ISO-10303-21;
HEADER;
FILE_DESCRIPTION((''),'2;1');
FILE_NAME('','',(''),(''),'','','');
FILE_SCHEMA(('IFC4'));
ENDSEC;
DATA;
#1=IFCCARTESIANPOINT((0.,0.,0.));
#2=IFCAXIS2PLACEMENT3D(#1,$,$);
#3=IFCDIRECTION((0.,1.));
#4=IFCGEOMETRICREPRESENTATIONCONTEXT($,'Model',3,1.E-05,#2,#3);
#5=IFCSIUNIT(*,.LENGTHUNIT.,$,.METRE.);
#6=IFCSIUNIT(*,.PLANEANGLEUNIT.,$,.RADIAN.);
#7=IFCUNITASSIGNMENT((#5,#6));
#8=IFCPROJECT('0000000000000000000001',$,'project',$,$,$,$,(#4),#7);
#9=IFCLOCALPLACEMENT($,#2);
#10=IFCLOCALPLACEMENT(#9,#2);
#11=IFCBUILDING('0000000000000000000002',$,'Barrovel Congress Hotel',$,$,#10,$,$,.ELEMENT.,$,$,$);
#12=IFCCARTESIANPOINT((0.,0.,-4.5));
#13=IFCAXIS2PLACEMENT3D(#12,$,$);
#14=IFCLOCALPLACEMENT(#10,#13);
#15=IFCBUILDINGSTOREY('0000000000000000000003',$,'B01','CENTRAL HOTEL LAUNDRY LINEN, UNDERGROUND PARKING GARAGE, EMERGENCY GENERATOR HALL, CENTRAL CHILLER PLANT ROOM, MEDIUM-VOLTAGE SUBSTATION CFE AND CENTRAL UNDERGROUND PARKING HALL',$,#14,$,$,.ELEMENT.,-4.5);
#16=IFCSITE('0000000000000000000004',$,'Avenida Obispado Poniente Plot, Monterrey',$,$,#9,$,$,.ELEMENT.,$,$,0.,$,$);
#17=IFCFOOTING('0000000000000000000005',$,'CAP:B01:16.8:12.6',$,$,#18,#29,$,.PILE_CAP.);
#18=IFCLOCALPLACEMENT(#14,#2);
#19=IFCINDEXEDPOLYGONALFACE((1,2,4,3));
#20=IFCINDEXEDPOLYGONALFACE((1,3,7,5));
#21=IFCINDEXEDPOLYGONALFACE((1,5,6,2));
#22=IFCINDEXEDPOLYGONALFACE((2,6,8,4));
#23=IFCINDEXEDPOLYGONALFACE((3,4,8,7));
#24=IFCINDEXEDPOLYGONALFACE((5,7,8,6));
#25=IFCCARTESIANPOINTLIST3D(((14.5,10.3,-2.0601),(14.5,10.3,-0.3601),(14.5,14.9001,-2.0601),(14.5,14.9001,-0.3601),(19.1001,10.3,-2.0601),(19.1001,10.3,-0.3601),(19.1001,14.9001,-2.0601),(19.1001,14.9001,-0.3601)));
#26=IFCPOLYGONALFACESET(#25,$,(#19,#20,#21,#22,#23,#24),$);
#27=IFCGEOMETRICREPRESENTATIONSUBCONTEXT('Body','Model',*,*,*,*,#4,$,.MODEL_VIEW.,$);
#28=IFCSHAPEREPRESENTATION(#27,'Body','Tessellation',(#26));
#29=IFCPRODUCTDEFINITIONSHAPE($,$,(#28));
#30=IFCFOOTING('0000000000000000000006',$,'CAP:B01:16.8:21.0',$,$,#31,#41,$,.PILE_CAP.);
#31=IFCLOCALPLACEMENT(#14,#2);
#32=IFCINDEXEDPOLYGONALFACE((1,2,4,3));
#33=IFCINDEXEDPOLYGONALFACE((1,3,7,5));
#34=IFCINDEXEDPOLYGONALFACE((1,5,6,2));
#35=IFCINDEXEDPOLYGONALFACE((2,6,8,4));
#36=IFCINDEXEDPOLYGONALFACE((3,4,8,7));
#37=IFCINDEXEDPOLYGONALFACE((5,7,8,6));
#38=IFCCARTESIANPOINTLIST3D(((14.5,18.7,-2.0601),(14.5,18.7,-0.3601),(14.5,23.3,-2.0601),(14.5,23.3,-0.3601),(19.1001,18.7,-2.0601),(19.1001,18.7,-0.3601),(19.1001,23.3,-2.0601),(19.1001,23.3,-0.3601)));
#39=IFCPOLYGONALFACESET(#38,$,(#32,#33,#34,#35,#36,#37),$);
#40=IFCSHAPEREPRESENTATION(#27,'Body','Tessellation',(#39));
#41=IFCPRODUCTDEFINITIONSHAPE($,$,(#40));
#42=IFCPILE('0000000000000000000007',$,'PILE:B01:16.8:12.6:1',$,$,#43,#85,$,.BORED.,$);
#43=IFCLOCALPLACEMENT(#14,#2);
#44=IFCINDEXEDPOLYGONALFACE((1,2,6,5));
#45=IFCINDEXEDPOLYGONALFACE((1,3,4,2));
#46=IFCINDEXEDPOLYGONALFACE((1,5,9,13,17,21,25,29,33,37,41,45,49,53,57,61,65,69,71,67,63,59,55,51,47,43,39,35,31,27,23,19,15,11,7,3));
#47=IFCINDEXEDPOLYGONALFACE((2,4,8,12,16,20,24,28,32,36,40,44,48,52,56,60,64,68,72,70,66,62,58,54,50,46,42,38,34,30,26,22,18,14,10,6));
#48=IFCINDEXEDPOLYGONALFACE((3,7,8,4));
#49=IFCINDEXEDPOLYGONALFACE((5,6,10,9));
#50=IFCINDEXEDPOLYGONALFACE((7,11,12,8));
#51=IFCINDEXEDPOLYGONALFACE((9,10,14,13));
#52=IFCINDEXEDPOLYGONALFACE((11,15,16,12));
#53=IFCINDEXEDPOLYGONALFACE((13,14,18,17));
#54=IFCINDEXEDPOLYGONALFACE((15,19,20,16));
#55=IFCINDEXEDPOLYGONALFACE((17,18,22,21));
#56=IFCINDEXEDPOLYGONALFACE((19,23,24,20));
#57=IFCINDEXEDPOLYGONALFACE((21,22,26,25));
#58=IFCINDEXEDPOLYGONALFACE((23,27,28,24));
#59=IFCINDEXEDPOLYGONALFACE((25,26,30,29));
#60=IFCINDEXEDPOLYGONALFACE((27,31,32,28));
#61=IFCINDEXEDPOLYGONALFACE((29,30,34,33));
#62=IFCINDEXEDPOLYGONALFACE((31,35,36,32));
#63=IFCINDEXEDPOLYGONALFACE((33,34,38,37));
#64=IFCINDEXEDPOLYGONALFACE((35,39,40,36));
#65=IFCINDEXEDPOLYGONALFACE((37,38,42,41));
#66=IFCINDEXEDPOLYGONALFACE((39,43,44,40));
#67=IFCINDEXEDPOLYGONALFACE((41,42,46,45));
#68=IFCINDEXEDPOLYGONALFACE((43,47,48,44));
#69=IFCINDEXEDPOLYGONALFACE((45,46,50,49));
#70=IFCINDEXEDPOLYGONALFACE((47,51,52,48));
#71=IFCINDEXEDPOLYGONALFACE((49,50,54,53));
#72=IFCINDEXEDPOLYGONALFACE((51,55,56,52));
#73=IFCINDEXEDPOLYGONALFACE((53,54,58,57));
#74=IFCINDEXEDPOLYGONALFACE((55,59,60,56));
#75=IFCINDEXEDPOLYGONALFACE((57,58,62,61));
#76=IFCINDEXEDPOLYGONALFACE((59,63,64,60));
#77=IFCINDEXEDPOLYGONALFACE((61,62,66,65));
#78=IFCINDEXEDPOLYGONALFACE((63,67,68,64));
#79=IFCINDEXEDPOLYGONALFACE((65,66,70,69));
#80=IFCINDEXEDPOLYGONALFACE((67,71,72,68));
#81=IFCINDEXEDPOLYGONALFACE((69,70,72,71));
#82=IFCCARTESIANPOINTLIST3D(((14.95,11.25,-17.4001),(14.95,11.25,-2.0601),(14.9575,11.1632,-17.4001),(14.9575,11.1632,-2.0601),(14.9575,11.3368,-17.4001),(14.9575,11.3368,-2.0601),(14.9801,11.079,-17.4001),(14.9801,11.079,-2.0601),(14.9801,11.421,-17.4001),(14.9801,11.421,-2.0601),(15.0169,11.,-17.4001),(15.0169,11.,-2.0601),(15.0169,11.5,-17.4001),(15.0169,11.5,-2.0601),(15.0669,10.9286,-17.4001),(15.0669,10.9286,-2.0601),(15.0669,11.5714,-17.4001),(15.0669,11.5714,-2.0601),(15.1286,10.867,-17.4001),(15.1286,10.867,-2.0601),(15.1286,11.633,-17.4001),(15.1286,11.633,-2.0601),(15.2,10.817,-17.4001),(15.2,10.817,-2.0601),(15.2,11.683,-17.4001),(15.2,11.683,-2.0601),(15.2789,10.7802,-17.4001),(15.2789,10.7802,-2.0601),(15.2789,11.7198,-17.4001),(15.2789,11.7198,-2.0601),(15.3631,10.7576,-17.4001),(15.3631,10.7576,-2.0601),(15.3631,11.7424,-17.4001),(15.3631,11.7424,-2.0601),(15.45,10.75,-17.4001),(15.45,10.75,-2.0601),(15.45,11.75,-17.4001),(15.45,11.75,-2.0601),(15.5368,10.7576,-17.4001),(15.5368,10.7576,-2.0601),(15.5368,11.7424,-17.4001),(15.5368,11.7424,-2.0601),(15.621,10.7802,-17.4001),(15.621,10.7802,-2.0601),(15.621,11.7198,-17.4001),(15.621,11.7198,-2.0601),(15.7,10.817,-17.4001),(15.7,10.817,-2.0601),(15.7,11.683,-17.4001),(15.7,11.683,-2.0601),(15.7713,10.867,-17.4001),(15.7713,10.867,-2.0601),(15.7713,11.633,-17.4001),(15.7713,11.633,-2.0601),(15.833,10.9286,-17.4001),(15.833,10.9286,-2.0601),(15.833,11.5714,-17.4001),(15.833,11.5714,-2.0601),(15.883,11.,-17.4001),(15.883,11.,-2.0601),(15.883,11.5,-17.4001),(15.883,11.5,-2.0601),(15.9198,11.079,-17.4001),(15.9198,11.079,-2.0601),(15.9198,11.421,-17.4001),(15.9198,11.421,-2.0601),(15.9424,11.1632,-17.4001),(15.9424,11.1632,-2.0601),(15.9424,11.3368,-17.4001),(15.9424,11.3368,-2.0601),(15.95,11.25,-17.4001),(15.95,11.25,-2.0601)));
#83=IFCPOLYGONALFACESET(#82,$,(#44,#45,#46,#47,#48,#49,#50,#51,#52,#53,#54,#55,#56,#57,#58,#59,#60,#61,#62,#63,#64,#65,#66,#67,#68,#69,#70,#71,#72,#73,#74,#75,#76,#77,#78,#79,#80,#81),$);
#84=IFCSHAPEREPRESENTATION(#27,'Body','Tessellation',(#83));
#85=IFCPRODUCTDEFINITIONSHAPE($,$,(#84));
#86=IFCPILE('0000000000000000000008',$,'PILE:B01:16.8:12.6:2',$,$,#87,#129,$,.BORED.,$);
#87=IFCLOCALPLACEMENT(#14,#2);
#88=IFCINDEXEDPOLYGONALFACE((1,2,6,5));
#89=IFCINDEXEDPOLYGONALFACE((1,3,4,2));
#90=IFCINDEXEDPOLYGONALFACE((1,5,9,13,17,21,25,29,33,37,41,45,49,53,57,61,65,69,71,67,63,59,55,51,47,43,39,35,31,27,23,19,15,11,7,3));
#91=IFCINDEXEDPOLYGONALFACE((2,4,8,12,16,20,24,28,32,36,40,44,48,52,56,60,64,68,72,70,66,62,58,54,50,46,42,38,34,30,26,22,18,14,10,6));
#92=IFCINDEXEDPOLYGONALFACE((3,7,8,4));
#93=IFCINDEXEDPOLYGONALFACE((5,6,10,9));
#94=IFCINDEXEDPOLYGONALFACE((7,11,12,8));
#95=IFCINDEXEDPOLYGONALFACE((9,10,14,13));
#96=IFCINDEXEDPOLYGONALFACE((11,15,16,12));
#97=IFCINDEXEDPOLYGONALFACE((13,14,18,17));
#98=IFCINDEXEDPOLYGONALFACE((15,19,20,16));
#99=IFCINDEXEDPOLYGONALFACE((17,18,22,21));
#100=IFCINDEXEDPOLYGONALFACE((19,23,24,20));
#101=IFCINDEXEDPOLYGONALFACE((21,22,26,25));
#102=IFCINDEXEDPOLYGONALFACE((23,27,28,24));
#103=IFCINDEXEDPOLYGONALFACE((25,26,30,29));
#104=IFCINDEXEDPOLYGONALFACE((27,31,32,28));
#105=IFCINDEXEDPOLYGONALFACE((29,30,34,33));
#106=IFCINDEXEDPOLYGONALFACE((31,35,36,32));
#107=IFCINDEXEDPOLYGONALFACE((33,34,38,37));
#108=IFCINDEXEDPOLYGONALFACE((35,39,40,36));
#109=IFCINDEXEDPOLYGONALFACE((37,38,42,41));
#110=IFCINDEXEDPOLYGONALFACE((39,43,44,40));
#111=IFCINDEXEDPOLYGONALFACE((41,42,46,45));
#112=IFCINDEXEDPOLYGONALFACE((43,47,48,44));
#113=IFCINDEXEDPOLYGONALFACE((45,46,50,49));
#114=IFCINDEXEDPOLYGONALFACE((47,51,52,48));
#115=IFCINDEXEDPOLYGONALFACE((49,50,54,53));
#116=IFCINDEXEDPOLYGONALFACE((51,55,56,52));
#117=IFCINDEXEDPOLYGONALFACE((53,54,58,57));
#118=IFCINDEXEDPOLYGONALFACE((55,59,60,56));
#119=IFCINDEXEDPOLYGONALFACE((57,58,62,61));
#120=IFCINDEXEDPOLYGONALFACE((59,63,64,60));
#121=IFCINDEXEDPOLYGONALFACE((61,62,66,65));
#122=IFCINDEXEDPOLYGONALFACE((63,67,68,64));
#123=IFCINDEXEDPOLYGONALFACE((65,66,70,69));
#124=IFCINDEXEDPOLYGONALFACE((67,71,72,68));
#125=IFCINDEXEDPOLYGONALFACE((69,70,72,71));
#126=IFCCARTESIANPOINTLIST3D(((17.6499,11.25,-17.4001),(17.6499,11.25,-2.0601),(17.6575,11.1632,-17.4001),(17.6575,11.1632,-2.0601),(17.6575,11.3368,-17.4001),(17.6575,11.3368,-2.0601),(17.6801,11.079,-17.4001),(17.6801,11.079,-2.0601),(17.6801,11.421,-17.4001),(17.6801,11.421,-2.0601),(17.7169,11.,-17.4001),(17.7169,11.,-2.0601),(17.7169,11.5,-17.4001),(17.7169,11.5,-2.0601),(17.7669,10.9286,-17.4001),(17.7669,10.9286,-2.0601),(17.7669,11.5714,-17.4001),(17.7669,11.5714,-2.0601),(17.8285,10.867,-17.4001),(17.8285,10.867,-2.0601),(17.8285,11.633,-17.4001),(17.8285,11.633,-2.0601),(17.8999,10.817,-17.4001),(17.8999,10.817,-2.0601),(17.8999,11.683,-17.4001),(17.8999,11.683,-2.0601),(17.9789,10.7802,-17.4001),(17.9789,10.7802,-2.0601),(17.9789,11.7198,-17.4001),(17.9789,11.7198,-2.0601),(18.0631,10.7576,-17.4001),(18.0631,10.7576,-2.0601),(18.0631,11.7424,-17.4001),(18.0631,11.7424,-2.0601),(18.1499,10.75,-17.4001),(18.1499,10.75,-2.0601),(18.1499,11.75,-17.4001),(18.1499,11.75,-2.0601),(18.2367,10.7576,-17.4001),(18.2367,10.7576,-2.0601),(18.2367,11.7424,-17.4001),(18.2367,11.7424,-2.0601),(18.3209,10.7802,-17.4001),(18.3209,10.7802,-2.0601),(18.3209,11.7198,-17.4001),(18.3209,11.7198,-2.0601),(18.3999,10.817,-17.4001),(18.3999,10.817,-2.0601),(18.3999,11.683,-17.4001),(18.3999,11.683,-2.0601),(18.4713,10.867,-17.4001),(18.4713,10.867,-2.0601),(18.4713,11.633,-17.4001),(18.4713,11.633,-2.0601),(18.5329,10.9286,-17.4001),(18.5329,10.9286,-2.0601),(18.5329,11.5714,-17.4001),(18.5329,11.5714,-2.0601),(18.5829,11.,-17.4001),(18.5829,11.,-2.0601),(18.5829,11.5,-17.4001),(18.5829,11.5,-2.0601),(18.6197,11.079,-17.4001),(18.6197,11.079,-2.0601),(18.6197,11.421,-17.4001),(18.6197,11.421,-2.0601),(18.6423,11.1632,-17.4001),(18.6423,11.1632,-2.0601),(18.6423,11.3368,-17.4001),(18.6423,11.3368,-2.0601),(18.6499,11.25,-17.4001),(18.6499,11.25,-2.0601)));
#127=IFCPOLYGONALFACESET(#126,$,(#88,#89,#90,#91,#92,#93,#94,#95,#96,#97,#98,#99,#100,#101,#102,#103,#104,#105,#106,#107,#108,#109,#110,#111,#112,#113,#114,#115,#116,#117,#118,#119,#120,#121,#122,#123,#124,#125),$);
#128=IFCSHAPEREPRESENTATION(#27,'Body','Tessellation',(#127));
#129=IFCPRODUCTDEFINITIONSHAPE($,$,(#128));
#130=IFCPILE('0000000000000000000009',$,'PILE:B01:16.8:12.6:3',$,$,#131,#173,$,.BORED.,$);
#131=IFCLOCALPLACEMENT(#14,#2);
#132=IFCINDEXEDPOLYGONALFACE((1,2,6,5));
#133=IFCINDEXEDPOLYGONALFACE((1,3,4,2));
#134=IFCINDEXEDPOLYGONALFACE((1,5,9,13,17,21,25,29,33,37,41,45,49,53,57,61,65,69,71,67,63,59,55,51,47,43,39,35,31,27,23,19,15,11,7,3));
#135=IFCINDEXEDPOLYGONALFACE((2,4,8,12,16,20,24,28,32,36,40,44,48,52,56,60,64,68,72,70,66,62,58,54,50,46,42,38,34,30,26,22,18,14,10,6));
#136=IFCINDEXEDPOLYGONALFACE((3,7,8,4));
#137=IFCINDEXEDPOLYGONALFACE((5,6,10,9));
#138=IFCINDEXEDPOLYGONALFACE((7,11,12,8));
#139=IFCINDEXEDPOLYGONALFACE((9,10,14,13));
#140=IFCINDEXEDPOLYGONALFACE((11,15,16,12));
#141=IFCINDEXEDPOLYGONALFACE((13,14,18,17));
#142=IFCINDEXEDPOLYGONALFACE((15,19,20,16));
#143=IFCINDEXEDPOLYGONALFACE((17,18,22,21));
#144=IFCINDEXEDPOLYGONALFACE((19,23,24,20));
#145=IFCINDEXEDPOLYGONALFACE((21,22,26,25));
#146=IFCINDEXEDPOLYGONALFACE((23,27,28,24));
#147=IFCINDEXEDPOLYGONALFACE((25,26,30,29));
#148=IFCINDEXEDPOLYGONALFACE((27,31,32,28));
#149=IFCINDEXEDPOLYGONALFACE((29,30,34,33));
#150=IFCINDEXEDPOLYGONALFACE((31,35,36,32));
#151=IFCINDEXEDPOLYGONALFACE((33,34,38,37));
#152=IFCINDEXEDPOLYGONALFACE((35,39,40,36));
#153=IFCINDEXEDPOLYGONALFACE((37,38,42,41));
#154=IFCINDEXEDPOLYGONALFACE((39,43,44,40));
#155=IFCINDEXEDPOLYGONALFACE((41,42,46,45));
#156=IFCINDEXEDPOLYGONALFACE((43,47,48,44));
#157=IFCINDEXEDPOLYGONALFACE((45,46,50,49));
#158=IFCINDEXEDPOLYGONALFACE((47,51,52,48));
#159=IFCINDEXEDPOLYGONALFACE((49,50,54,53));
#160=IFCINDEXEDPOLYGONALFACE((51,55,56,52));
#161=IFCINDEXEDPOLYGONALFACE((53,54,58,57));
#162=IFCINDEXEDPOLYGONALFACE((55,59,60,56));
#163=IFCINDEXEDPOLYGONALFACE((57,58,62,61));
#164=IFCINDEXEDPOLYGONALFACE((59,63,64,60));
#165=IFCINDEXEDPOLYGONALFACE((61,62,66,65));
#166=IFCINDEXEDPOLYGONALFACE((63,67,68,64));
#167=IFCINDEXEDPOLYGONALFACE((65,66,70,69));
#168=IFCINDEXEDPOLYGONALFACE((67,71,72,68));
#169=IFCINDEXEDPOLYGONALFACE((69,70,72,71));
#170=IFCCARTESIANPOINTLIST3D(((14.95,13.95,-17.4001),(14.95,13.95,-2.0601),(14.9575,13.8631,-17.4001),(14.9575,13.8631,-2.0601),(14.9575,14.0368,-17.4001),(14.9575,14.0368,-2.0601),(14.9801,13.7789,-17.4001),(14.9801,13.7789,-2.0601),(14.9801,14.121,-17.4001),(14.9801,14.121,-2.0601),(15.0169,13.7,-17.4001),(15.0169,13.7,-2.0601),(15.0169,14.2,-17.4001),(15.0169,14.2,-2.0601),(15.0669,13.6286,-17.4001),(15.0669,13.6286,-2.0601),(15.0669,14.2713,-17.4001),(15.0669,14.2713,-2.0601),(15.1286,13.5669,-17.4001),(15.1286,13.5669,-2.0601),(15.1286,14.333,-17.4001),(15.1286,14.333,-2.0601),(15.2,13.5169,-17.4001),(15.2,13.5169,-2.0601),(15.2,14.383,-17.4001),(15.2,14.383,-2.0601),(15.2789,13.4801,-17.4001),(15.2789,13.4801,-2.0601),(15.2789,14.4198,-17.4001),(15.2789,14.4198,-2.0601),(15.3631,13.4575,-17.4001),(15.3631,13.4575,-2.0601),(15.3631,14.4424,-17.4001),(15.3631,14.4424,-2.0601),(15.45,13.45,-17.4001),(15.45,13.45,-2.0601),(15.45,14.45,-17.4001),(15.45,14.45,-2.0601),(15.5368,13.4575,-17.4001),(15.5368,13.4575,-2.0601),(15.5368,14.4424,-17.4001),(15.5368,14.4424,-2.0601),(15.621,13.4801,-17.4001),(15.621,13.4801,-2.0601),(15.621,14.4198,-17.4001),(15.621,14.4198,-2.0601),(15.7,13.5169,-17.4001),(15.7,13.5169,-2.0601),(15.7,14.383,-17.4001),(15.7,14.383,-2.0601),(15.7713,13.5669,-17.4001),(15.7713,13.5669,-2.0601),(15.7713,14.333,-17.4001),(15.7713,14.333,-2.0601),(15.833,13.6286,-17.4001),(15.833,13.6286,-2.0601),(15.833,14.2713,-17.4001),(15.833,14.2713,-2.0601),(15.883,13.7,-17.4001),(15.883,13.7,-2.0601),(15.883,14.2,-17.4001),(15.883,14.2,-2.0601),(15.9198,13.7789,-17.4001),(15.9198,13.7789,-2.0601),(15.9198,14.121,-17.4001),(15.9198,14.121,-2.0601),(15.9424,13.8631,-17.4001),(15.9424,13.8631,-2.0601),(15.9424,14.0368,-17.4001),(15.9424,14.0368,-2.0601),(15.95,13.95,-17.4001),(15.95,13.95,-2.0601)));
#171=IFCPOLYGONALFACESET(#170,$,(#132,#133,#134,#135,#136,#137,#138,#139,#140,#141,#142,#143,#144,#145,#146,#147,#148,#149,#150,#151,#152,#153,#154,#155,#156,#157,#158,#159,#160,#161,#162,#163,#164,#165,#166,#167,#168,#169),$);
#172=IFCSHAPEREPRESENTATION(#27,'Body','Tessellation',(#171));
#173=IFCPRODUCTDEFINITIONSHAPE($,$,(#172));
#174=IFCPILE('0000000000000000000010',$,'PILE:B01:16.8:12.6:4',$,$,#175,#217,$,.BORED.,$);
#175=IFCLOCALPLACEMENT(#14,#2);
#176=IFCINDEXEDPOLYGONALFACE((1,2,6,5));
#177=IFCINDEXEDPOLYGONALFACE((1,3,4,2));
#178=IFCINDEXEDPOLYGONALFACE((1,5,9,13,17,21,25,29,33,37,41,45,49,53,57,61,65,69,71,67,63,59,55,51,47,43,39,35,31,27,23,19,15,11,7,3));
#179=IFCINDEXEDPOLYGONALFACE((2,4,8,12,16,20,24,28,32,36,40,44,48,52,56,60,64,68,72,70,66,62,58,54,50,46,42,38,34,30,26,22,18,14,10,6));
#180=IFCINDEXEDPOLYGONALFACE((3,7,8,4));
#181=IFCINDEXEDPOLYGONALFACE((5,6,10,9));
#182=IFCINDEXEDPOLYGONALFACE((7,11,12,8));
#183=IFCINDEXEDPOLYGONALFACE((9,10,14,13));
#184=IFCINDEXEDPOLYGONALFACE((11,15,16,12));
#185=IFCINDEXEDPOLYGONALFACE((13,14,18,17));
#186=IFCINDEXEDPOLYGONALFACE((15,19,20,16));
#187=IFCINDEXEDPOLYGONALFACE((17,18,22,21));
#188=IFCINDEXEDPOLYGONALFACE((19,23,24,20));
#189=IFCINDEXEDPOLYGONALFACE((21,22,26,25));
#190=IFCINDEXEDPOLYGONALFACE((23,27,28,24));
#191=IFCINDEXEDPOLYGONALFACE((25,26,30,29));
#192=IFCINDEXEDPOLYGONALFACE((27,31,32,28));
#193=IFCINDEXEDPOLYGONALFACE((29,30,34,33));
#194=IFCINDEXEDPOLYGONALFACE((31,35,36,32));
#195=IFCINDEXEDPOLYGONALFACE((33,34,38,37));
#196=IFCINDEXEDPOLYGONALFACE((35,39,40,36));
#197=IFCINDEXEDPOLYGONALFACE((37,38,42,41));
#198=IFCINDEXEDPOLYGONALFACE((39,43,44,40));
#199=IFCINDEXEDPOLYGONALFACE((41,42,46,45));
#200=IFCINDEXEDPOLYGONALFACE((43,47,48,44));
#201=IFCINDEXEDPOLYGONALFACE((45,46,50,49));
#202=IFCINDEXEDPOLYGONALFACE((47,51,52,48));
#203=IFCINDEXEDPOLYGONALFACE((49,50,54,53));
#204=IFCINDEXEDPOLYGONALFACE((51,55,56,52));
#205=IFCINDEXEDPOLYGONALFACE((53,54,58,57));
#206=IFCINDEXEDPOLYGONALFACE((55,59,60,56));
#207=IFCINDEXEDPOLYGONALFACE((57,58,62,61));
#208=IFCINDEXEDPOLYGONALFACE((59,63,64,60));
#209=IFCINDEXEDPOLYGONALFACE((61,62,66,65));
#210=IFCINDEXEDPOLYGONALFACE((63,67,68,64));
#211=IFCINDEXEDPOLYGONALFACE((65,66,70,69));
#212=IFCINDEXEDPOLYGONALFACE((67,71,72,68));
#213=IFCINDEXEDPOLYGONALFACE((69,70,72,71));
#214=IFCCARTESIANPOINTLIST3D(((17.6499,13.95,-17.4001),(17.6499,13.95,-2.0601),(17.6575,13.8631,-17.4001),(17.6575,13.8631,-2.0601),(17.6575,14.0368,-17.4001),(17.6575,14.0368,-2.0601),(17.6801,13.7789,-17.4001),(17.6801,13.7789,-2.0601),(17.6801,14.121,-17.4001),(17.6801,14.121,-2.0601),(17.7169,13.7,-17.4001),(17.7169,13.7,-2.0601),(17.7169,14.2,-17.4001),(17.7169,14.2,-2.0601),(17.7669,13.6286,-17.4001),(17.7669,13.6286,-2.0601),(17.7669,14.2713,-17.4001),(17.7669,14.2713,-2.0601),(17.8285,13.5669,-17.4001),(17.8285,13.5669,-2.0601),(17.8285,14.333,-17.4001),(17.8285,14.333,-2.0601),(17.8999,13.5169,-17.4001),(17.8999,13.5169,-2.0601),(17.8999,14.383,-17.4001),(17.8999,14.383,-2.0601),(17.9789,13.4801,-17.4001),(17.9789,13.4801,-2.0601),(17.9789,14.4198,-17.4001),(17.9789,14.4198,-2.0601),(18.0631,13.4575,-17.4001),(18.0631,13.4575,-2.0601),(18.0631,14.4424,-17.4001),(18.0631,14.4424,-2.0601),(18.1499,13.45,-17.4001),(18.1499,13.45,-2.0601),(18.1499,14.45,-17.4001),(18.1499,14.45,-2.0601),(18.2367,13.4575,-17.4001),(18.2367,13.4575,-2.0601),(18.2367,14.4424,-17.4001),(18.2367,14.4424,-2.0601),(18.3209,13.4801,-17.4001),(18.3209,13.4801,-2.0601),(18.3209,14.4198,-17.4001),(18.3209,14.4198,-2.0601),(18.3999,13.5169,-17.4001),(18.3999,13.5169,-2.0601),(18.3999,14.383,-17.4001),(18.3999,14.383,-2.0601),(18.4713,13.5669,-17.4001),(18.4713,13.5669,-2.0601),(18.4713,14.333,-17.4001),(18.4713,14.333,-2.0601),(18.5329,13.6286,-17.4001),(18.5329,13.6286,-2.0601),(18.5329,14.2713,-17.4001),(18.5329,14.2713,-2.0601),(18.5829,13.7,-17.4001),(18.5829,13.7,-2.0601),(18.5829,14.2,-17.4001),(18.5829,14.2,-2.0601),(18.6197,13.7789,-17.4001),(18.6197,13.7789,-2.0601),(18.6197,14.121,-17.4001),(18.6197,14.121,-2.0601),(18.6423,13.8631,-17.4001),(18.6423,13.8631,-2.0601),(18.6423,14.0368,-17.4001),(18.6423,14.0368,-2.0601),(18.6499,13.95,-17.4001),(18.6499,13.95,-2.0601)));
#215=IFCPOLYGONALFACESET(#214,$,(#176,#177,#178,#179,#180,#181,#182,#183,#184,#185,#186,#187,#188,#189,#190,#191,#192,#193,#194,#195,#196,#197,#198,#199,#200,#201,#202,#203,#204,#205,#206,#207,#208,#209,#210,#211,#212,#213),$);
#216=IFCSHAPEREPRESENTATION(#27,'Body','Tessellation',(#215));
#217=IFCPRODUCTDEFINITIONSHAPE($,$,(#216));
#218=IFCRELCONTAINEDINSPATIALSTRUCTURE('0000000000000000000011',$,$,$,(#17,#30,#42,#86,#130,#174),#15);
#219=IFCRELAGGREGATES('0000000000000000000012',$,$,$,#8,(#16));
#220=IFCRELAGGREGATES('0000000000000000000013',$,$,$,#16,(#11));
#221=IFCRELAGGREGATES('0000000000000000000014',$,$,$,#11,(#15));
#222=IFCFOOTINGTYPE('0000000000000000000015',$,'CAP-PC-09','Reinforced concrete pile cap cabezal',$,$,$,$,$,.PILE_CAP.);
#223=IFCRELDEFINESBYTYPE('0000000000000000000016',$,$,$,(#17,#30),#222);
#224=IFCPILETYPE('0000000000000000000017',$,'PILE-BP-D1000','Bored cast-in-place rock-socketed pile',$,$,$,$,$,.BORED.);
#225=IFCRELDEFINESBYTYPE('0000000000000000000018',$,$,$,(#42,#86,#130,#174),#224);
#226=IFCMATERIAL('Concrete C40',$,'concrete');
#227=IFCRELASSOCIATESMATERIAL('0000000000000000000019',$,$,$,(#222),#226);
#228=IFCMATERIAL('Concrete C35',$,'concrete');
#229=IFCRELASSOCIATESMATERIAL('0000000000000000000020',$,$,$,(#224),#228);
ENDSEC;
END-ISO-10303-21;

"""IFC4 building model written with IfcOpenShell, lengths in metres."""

from ifc_helpers import new_model, si_unit, direction, frame, origin, origin_2d, place, context, subcontext, project, spatial, rectangle, circle, extrude, material, material_profile, profile_set, type_object, element, save


model = new_model("IFC4")

# Units and contexts
model_context = context("Model", 3, precision=1e-05, world=origin(), true_north=direction((0.0, 1.0)))
body_context = subcontext(model_context, "Body", "Model", "MODEL_VIEW")
ifc_project = project(units=[si_unit("LENGTHUNIT", "METRE"), si_unit("PLANEANGLEUNIT", "RADIAN")], contexts=[model_context])

# Site, building, storey
site_placement = place(None, origin())
site = spatial("IfcSite", under=ifc_project, at=site_placement, Name="Avenida Obispado Poniente Plot, Monterrey", CompositionType="ELEMENT", RefElevation=0.0)
building_placement = place(site_placement, origin())
building = spatial("IfcBuilding", under=site, at=building_placement, Name="Barrovel Congress Hotel", CompositionType="ELEMENT")
storey_placement = place(building_placement, frame((0.0, 0.0, -4.5)))
storey = spatial("IfcBuildingStorey", under=building, at=storey_placement, Name="B01", Description="CENTRAL HOTEL LAUNDRY LINEN, UNDERGROUND PARKING GARAGE, EMERGENCY GENERATOR HALL, CENTRAL CHILLER PLANT ROOM, MEDIUM-VOLTAGE SUBSTATION CFE AND CENTRAL UNDERGROUND PARKING HALL", CompositionType="ELEMENT", Elevation=-4.5)

# Footings
ifc_material_1 = material(Name="Concrete C40", Category="concrete")
footing_type = type_object("IfcFootingType", Name="CAP-PC-09", Description="Reinforced concrete pile cap cabezal", PredefinedType="PILE_CAP", material=ifc_material_1)
for number, where, z_axis, x_axis, name in (
    (1, (16.8, 12.6001, -2.0601), (0.0, 0.0, 1.0), (1.0, 0.0, 0.0), "CAP:B01:16.8:12.6"),
    (2, (16.8, 21.0, -2.0601), (0.0, 0.0, 1.0), (1.0, 0.0, 0.0), "CAP:B01:16.8:21.0"),
):
    element("IfcFooting", number, at=place(storey_placement, frame(where, z_axis=z_axis, x_axis=x_axis)), inside=storey, type_object=footing_type, Name=name, PredefinedType="PILE_CAP", context=body_context, shape_type="SweptSolid", body=[
        extrude(rectangle(XDim=4.6001, YDim=4.6001, at=origin_2d()), origin(), (0.0, 0.0, 1.0), 1.7),
    ])

# Piles
ifc_material_2 = material(Name="Concrete C35", Category="concrete")
ifc_material_profile_1 = material_profile(ifc_material_2, circle(Radius=0.5, at=origin_2d()), Name="BP-D1000")
ifc_profile_set_1 = profile_set([ifc_material_profile_1], Name="Concrete C35")
pile_type = type_object("IfcPileType", Name="PILE-BP-D1000", Description="Bored cast-in-place rock-socketed pile", PredefinedType="BORED", material=ifc_profile_set_1)
for number, where, z_axis, x_axis, name in (
    (3, (15.45, 11.25, -2.0601), (0.0, 0.0, -1.0), (1.0, 0.0, 0.0), "PILE:B01:16.8:12.6:1"),
    (4, (18.1499, 11.25, -2.0601), (0.0, 0.0, -1.0), (1.0, 0.0, 0.0), "PILE:B01:16.8:12.6:2"),
    (5, (15.45, 13.95, -2.0601), (0.0, 0.0, -1.0), (1.0, 0.0, 0.0), "PILE:B01:16.8:12.6:3"),
    (6, (18.1499, 13.95, -2.0601), (0.0, 0.0, -1.0), (1.0, 0.0, 0.0), "PILE:B01:16.8:12.6:4"),
):
    element("IfcPile", number, at=place(storey_placement, frame(where, z_axis=z_axis, x_axis=x_axis)), inside=storey, type_object=pile_type, Name=name, PredefinedType="BORED", context=body_context, shape_type="SweptSolid", body=[
        extrude(circle(Radius=0.5, at=origin_2d()), origin(), (0.0, 0.0, 1.0), 15.3401),
    ])

save(model, "model.ifc")
